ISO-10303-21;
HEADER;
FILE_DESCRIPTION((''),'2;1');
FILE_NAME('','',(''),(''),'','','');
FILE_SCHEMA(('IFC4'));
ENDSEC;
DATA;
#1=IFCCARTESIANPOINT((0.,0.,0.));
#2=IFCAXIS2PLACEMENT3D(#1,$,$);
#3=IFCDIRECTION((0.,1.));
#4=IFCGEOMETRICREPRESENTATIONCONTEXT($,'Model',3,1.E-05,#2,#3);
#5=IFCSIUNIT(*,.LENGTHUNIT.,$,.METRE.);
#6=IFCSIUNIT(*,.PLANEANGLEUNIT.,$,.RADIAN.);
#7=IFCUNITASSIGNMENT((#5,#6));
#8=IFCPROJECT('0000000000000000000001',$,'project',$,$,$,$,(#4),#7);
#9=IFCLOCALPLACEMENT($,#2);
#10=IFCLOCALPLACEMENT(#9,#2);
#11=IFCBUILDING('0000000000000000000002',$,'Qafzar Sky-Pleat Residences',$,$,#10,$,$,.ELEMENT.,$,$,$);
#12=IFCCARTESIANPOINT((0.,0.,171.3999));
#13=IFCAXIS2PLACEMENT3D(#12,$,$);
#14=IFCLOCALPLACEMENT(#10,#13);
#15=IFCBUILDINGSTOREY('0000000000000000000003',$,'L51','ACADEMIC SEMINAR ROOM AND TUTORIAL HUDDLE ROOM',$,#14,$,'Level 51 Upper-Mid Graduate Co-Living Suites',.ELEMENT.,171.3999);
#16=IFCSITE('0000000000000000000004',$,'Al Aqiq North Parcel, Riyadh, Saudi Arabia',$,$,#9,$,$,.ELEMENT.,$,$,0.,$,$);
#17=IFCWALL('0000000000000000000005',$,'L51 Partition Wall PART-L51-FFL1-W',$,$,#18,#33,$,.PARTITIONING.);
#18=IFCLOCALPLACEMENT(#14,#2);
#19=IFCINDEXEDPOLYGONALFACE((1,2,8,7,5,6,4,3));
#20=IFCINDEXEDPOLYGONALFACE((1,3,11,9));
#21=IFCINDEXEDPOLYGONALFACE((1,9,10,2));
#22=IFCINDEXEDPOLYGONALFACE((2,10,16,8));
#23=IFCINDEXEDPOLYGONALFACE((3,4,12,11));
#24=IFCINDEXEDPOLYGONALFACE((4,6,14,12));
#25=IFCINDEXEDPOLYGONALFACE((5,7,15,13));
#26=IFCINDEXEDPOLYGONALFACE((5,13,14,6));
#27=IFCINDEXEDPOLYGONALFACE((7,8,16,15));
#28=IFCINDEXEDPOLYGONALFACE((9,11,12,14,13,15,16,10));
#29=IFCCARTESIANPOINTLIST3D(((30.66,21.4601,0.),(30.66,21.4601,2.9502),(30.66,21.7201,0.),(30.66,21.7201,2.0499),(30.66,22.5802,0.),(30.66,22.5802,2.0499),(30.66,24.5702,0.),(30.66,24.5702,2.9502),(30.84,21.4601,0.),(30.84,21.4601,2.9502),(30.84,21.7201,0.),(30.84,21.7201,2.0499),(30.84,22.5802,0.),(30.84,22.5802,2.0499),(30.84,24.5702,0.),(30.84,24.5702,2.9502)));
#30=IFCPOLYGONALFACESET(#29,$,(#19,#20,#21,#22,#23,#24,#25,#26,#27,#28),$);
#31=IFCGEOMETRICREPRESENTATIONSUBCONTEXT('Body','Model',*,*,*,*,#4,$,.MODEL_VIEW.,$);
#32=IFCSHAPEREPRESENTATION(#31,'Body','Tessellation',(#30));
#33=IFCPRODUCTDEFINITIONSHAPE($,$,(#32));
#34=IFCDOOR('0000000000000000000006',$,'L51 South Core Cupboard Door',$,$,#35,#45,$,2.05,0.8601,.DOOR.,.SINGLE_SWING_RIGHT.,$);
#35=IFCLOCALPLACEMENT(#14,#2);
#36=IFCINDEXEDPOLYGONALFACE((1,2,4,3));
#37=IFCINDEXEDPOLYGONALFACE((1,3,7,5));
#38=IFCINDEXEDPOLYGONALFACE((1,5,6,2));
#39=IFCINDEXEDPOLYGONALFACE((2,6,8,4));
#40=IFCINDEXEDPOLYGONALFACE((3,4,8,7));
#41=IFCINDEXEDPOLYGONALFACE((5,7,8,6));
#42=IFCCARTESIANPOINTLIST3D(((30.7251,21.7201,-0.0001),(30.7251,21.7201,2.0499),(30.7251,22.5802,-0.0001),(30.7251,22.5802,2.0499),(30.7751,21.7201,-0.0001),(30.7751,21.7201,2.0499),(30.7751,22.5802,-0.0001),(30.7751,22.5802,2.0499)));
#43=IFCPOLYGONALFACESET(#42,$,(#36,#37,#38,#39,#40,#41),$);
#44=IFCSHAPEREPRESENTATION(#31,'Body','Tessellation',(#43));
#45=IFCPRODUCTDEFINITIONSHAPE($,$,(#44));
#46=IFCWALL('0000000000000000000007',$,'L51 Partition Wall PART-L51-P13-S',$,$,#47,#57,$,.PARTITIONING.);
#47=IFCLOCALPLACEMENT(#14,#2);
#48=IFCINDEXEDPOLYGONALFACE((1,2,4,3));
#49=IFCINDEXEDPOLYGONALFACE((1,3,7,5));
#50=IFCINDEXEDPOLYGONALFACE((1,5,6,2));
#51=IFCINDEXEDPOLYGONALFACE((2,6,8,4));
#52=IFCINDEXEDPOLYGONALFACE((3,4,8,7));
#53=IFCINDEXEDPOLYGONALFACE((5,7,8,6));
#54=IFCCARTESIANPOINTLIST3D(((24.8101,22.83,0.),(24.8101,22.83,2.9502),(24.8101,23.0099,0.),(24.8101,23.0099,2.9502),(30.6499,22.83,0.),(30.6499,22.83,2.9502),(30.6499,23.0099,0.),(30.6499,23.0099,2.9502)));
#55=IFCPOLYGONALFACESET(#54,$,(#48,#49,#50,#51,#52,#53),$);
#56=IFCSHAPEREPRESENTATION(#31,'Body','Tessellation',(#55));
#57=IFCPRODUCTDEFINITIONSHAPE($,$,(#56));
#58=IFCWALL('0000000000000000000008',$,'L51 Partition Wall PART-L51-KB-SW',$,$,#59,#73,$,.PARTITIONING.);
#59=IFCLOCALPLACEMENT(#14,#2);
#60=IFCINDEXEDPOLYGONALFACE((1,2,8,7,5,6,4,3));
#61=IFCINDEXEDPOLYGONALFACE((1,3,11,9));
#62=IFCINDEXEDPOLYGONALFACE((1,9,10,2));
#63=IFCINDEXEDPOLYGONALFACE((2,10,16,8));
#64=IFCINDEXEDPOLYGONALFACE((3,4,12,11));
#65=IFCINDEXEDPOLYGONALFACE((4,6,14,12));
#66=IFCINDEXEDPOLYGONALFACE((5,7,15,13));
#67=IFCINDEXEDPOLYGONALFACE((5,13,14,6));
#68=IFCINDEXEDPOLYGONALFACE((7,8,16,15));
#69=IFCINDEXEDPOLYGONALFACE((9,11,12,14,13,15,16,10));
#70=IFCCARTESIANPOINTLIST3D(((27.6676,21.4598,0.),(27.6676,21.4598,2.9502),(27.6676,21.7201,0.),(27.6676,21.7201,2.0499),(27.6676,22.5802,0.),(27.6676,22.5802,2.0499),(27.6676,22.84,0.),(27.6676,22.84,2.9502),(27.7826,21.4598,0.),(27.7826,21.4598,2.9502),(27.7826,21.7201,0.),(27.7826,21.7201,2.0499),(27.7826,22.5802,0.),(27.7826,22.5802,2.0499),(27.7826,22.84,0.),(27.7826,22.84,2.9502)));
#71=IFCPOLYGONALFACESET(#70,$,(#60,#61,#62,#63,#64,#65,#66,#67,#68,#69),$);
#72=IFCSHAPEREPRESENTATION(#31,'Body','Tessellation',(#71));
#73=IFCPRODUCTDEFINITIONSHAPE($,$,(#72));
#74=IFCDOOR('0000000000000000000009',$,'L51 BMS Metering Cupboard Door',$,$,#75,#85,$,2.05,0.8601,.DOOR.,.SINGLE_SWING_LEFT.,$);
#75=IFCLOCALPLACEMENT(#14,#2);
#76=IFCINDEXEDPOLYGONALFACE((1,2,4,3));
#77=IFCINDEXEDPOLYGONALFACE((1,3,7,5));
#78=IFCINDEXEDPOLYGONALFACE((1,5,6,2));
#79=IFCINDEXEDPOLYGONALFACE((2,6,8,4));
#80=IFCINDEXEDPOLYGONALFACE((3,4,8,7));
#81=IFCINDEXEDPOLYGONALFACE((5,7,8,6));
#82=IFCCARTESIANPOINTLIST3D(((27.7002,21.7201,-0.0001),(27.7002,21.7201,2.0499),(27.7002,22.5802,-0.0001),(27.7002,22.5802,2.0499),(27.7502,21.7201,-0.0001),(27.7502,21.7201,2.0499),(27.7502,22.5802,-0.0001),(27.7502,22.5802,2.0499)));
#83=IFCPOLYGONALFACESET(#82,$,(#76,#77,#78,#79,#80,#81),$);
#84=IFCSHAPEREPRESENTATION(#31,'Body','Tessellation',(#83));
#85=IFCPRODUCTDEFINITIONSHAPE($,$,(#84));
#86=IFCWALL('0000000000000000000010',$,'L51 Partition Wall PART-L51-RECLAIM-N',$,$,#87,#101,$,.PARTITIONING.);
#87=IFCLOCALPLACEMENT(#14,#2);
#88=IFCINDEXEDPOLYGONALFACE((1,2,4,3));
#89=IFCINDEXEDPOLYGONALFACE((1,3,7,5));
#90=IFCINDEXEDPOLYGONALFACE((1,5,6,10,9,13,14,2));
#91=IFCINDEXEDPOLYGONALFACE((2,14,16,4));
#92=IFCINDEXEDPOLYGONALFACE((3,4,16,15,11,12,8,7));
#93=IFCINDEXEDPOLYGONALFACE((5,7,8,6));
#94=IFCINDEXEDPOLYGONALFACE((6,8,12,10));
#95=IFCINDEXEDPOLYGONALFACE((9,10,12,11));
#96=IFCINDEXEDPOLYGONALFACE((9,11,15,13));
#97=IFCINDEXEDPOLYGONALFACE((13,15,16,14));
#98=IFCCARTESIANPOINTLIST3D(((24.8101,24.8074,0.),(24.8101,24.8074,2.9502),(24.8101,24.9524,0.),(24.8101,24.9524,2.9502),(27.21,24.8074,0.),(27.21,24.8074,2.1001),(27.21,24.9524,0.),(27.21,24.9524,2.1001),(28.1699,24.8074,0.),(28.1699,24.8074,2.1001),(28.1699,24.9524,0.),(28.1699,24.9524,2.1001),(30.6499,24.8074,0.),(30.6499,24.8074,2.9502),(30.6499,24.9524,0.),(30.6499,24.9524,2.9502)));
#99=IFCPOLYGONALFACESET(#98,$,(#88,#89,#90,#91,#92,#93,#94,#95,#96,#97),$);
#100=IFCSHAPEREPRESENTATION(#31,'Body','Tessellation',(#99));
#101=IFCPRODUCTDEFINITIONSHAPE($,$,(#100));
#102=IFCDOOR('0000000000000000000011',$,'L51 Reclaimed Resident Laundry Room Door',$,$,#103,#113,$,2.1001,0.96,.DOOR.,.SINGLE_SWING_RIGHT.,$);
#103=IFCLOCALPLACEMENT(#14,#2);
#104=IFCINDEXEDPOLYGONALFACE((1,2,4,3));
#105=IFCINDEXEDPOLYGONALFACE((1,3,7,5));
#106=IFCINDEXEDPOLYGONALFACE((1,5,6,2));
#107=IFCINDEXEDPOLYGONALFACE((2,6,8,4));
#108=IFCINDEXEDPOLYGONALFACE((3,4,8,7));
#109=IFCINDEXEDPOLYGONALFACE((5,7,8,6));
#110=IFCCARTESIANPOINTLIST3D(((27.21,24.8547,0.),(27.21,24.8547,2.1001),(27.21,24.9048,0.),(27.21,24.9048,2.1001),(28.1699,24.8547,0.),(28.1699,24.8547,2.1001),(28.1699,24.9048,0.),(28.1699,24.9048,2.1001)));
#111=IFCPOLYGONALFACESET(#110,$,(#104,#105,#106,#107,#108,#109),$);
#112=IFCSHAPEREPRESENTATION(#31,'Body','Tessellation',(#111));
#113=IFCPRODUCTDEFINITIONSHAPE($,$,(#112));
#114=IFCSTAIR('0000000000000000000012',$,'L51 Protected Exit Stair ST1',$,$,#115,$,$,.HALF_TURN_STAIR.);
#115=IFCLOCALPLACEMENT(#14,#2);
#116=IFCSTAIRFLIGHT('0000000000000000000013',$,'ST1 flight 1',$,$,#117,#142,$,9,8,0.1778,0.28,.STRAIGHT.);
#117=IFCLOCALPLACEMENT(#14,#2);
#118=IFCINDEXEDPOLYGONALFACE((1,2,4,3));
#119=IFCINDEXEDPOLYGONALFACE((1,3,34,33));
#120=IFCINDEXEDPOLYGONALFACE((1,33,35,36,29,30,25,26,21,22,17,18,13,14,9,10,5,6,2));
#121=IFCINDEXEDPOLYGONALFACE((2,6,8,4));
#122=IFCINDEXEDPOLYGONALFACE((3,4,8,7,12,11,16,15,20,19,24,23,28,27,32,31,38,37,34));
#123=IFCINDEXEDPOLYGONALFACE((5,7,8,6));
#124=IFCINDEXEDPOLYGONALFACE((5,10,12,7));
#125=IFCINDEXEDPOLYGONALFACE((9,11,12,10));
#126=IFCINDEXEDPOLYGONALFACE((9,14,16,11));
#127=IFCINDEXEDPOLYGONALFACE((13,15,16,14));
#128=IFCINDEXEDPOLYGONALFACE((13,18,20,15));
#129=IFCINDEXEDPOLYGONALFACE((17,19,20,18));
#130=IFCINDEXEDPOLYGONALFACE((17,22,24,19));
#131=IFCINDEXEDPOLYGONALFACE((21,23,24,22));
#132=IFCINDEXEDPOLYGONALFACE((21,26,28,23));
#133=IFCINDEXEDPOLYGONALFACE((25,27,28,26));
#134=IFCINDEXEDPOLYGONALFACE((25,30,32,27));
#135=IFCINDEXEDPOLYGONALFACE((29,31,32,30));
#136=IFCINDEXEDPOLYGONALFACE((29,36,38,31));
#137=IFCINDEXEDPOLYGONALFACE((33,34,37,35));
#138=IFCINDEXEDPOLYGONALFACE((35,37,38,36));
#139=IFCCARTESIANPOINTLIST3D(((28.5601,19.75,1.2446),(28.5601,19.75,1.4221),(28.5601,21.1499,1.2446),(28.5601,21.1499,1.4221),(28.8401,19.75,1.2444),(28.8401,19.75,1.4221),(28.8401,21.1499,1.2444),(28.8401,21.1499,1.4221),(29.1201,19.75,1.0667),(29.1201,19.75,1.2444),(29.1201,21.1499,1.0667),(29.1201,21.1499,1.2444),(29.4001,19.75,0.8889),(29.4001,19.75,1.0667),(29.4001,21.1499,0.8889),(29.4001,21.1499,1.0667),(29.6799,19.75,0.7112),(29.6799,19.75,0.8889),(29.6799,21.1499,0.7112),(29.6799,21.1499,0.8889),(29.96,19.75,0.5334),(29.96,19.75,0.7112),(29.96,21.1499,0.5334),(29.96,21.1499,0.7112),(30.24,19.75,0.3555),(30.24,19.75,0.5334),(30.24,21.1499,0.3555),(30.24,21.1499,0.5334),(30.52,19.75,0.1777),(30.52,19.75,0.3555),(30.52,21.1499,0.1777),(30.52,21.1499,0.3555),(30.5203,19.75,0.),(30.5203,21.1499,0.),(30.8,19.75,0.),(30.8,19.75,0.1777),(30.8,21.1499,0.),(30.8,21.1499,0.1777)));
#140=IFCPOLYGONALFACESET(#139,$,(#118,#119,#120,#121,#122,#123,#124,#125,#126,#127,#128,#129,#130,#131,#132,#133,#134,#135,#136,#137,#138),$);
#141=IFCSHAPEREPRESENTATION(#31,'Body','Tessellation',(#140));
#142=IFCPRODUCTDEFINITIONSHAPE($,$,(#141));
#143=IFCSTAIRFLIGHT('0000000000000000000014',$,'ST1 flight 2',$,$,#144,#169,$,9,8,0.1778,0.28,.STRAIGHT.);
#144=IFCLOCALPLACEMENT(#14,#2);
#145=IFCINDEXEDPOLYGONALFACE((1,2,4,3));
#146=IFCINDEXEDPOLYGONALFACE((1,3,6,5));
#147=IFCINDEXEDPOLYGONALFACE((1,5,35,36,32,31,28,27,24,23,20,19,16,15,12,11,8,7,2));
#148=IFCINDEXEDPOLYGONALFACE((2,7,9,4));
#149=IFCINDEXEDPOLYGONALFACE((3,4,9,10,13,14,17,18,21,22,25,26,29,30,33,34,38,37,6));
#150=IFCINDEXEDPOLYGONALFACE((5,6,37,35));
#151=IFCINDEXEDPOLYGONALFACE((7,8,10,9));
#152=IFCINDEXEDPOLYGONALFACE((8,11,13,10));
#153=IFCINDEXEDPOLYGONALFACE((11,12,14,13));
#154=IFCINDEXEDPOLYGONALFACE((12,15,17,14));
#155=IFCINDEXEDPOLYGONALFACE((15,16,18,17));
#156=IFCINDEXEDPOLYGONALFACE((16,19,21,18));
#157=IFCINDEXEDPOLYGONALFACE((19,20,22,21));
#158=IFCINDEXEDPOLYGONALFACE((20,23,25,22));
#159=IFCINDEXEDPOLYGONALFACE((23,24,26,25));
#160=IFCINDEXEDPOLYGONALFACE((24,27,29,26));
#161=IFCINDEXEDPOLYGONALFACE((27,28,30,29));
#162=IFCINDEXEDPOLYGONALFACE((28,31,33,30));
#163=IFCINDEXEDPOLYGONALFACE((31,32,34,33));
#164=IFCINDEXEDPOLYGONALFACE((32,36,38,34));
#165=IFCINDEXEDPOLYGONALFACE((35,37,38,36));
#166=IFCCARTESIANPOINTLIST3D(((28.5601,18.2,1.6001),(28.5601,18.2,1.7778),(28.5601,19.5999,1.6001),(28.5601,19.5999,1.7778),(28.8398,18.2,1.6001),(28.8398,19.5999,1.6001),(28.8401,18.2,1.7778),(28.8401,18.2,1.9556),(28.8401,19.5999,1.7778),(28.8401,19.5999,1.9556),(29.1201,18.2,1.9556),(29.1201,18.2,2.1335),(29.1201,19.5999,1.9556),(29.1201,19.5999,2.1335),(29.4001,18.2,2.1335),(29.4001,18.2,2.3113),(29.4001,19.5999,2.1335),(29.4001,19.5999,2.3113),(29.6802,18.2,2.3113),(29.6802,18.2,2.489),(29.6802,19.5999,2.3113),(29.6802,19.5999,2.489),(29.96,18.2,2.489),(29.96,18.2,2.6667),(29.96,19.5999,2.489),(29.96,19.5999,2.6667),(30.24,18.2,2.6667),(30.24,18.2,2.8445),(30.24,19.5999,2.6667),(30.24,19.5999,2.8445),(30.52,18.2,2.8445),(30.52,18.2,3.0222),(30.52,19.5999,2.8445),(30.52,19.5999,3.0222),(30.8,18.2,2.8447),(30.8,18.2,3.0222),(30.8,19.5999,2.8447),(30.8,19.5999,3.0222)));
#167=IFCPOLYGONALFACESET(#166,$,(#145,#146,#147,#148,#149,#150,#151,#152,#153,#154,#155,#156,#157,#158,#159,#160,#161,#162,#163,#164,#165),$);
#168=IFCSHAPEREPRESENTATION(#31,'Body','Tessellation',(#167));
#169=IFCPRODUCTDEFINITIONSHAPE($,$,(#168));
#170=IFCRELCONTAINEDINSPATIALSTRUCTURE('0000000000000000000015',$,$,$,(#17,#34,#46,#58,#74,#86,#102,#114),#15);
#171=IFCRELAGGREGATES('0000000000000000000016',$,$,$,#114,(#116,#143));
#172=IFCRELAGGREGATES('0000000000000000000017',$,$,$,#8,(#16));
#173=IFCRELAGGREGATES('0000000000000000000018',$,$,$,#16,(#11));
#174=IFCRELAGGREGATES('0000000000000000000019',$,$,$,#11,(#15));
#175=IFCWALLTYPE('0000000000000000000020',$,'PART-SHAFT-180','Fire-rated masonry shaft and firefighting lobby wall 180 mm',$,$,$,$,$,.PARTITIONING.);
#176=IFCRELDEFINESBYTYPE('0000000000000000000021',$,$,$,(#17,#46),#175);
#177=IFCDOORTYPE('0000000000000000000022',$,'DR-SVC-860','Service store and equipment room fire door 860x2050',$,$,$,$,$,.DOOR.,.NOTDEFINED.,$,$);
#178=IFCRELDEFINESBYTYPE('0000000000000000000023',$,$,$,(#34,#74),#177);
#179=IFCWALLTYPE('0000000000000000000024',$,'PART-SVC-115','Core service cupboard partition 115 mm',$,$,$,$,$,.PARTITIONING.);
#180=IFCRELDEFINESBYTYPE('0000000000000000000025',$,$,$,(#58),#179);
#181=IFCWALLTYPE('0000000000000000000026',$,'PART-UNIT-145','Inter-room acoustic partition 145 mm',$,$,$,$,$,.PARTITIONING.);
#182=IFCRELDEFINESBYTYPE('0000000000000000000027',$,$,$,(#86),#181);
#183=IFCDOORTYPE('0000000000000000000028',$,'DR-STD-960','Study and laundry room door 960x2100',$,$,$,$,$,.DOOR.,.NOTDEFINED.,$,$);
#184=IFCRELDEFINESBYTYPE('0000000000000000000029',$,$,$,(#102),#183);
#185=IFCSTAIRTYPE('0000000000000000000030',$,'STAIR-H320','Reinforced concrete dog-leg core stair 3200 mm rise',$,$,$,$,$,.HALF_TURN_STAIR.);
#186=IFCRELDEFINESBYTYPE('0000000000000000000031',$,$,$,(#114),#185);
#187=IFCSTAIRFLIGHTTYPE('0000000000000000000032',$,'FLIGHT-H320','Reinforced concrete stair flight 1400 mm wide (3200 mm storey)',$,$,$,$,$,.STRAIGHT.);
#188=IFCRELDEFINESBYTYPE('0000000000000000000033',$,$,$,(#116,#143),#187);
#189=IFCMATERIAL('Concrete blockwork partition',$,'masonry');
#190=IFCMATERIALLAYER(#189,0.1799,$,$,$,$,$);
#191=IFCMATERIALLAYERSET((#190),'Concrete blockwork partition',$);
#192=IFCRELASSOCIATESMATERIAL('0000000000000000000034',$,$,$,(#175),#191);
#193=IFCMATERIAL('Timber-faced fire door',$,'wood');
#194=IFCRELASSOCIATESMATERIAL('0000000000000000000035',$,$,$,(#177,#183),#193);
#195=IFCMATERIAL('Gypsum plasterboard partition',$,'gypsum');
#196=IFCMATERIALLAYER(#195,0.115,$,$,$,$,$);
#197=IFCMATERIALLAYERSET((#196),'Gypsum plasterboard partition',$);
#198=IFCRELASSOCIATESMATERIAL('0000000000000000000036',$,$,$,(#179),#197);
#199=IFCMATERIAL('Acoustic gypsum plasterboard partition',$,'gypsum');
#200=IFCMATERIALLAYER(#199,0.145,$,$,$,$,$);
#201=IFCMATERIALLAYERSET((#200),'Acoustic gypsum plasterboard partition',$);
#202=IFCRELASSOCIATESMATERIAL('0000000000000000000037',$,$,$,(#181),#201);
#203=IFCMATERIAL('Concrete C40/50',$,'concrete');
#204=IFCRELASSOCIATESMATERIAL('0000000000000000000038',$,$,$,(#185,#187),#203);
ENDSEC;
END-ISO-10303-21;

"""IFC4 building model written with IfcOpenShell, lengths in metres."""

from ifc_helpers import new_model, si_unit, direction, frame, frame_2d, origin, place, context, subcontext, project, spatial, polyline, rectangle, outline, extrude, source, transform, mapped, material, layer, layer_set, type_object, element, fill, aggregate, save


model = new_model("IFC4")

# Units and contexts
model_context = context("Model", 3, precision=1e-05, world=origin(), true_north=direction((0.0, 1.0)))
body_context = subcontext(model_context, "Body", "Model", "MODEL_VIEW")
ifc_project = project(units=[si_unit("LENGTHUNIT", "METRE"), si_unit("PLANEANGLEUNIT", "RADIAN")], contexts=[model_context])

# Site, building, storey
site_placement = place(None, origin())
site = spatial("IfcSite", under=ifc_project, at=site_placement, Name="Al Aqiq North Parcel, Riyadh, Saudi Arabia", CompositionType="ELEMENT", RefElevation=0.0)
building_placement = place(site_placement, origin())
building = spatial("IfcBuilding", under=site, at=building_placement, Name="Qafzar Sky-Pleat Residences", CompositionType="ELEMENT")
storey_placement = place(building_placement, frame((0.0, 0.0, 171.3999)))
storey = spatial("IfcBuildingStorey", under=building, at=storey_placement, Name="L51", Description="ACADEMIC SEMINAR ROOM AND TUTORIAL HUDDLE ROOM", LongName="Level 51 Upper-Mid Graduate Co-Living Suites", CompositionType="ELEMENT", Elevation=171.3999)

# Wall, opening, door
ifc_material_1 = material(Name="Concrete blockwork partition", Category="masonry")
ifc_layer_1 = layer(ifc_material_1, 0.1799)
ifc_layer_set_1 = layer_set([ifc_layer_1], Name="Concrete blockwork partition")
wall_type_1 = type_object("IfcWallType", Name="PART-SHAFT-180", Description="Fire-rated masonry shaft and firefighting lobby wall 180 mm", PredefinedType="PARTITIONING", material=ifc_layer_set_1)
wall_1_placement = place(storey_placement, frame((30.75, 21.46, 0.0), z_axis=(0.0, 0.0, 1.0), x_axis=(0.0, 1.0, 0.0)))
wall_1 = element("IfcWall", 1, at=wall_1_placement, inside=storey, type_object=wall_type_1, Name="L51 Partition Wall PART-L51-FFL1-W", PredefinedType="PARTITIONING", context=body_context, shape_type="SweptSolid", body=[
    extrude(rectangle(XDim=3.1101, YDim=0.1799, at=frame_2d((1.5552, 0.0))), origin(), (0.0, 0.0, 1.0), 2.9502),
])
opening_1_placement = place(wall_1_placement, frame((0.26, 0.0, 0.0)))
opening_1 = element("IfcOpeningElement", 2, at=opening_1_placement, cuts=wall_1, PredefinedType="OPENING", context=body_context, shape_type="SweptSolid", body=[
    extrude(rectangle(XDim=0.8601, YDim=2.05, at=frame_2d((0.4302, 1.0249))), frame((0.0, 0.1001, 0.0), z_axis=(0.0, -1.0, 0.0), x_axis=(1.0, 0.0, 0.0)), (0.0, 0.0, 1.0), 0.2),
])
ifc_material_2 = material(Name="Timber-faced fire door", Category="wood")
door_type_1 = type_object("IfcDoorType", Name="DR-SVC-860", Description="Service store and equipment room fire door 860x2050", OperationType="NOTDEFINED", PredefinedType="DOOR", material=ifc_material_2)
shared_shape_1 = source(origin(), body_context, "Body", "SweptSolid", [
    extrude(rectangle(XDim=0.8601, YDim=2.05, at=frame_2d((0.4302, 1.0249))), frame((0.0, 0.0249, 0.0), z_axis=(0.0, -1.0, 0.0), x_axis=(1.0, 0.0, 0.0)), (0.0, 0.0, 1.0), 0.05),
])
door_1_placement = place(opening_1_placement, origin())
door_1 = element("IfcDoor", 3, at=door_1_placement, inside=storey, type_object=door_type_1, Name="L51 South Core Cupboard Door", OperationType="SINGLE_SWING_RIGHT", OverallHeight=2.05, OverallWidth=0.8601, PredefinedType="DOOR", context=body_context, shape_type="MappedRepresentation", body=[
    mapped(shared_shape_1, transform((0.0, 0.0, 0.0), x_axis=(1.0, 0.0, 0.0), y_axis=(0.0, 1.0, 0.0), z_axis=(0.0, 0.0, 1.0), scale=1.0)),
])
fill(opening_1, door_1)

# Wall
wall_2_placement = place(storey_placement, frame((24.8101, 22.9199, 0.0), z_axis=(0.0, 0.0, 1.0), x_axis=(1.0, 0.0, 0.0)))
element("IfcWall", 4, at=wall_2_placement, inside=storey, type_object=wall_type_1, Name="L51 Partition Wall PART-L51-P13-S", PredefinedType="PARTITIONING", context=body_context, shape_type="SweptSolid", body=[
    extrude(rectangle(XDim=5.8398, YDim=0.1799, at=frame_2d((2.9199, 0.0))), origin(), (0.0, 0.0, 1.0), 2.9502),
])

# Walls, openings, doors
ifc_material_3 = material(Name="Gypsum plasterboard partition", Category="gypsum")
ifc_layer_2 = layer(ifc_material_3, 0.115)
ifc_layer_set_2 = layer_set([ifc_layer_2], Name="Gypsum plasterboard partition")
wall_type_2 = type_object("IfcWallType", Name="PART-SVC-115", Description="Core service cupboard partition 115 mm", PredefinedType="PARTITIONING", material=ifc_layer_set_2)
wall_3_placement = place(storey_placement, frame((27.7251, 21.46, 0.0), z_axis=(0.0, 0.0, 1.0), x_axis=(0.0, 1.0, 0.0)))
wall_3 = element("IfcWall", 5, at=wall_3_placement, inside=storey, type_object=wall_type_2, Name="L51 Partition Wall PART-L51-KB-SW", PredefinedType="PARTITIONING", context=body_context, shape_type="SweptSolid", body=[
    extrude(rectangle(XDim=1.3801, YDim=0.115, at=frame_2d((0.6899, 0.0))), origin(), (0.0, 0.0, 1.0), 2.9502),
])
opening_2_placement = place(wall_3_placement, frame((0.26, 0.0, 0.0)))
opening_2 = element("IfcOpeningElement", 6, at=opening_2_placement, cuts=wall_3, PredefinedType="OPENING", context=body_context, shape_type="SweptSolid", body=[
    extrude(rectangle(XDim=0.8601, YDim=2.05, at=frame_2d((0.4302, 1.0249))), frame((0.0, 0.0674, 0.0), z_axis=(0.0, -1.0, 0.0), x_axis=(1.0, 0.0, 0.0)), (0.0, 0.0, 1.0), 0.135),
])
door_2_placement = place(opening_2_placement, origin())
door_2 = element("IfcDoor", 7, at=door_2_placement, inside=storey, type_object=door_type_1, Name="L51 BMS Metering Cupboard Door", OperationType="SINGLE_SWING_LEFT", OverallHeight=2.05, OverallWidth=0.8601, PredefinedType="DOOR", context=body_context, shape_type="MappedRepresentation", body=[
    mapped(shared_shape_1, transform((0.0, 0.0, 0.0), x_axis=(1.0, 0.0, 0.0), y_axis=(0.0, 1.0, 0.0), z_axis=(0.0, 0.0, 1.0), scale=1.0)),
])
fill(opening_2, door_2)
ifc_material_4 = material(Name="Acoustic gypsum plasterboard partition", Category="gypsum")
ifc_layer_3 = layer(ifc_material_4, 0.145)
ifc_layer_set_3 = layer_set([ifc_layer_3], Name="Acoustic gypsum plasterboard partition")
wall_type_3 = type_object("IfcWallType", Name="PART-UNIT-145", Description="Inter-room acoustic partition 145 mm", PredefinedType="PARTITIONING", material=ifc_layer_set_3)
wall_4_placement = place(storey_placement, frame((24.8101, 24.8799, 0.0), z_axis=(0.0, 0.0, 1.0), x_axis=(1.0, 0.0, 0.0)))
wall_4 = element("IfcWall", 8, at=wall_4_placement, inside=storey, type_object=wall_type_3, Name="L51 Partition Wall PART-L51-RECLAIM-N", PredefinedType="PARTITIONING", context=body_context, shape_type="SweptSolid", body=[
    extrude(rectangle(XDim=5.8398, YDim=0.145, at=frame_2d((2.9199, 0.0))), origin(), (0.0, 0.0, 1.0), 2.9502),
])
opening_3_placement = place(wall_4_placement, frame((2.3999, 0.0, 0.0)))
opening_3 = element("IfcOpeningElement", 9, at=opening_3_placement, cuts=wall_4, PredefinedType="OPENING", context=body_context, shape_type="SweptSolid", body=[
    extrude(rectangle(XDim=0.96, YDim=2.1001, at=frame_2d((0.48, 1.05))), frame((0.0, 0.0825, 0.0), z_axis=(0.0, -1.0, 0.0), x_axis=(1.0, 0.0, 0.0)), (0.0, 0.0, 1.0), 0.165),
])
door_type_2 = type_object("IfcDoorType", Name="DR-STD-960", Description="Study and laundry room door 960x2100", OperationType="NOTDEFINED", PredefinedType="DOOR", material=ifc_material_2)
shared_shape_2 = source(origin(), body_context, "Body", "SweptSolid", [
    extrude(rectangle(XDim=0.96, YDim=2.1001, at=frame_2d((0.48, 1.05))), frame((0.0, 0.0249, 0.0), z_axis=(0.0, -1.0, 0.0), x_axis=(1.0, 0.0, 0.0)), (0.0, 0.0, 1.0), 0.05),
])
door_3_placement = place(opening_3_placement, origin())
door_3 = element("IfcDoor", 10, at=door_3_placement, inside=storey, type_object=door_type_2, Name="L51 Reclaimed Resident Laundry Room Door", OperationType="SINGLE_SWING_RIGHT", OverallHeight=2.1001, OverallWidth=0.96, PredefinedType="DOOR", context=body_context, shape_type="MappedRepresentation", body=[
    mapped(shared_shape_2, transform((0.0, 0.0, 0.0), x_axis=(1.0, 0.0, 0.0), y_axis=(0.0, 1.0, 0.0), z_axis=(0.0, 0.0, 1.0), scale=1.0)),
])
fill(opening_3, door_3)

# Stair, stair flights
ifc_material_5 = material(Name="Concrete C40/50", Category="concrete")
stair_type = type_object("IfcStairType", Name="STAIR-H320", Description="Reinforced concrete dog-leg core stair 3200 mm rise", PredefinedType="HALF_TURN_STAIR", material=ifc_material_5)
stair_placement = place(storey_placement, origin())
stair = element("IfcStair", 11, at=stair_placement, inside=storey, type_object=stair_type, Name="L51 Protected Exit Stair ST1", PredefinedType="HALF_TURN_STAIR")
stair_flight_type = type_object("IfcStairFlightType", Name="FLIGHT-H320", Description="Reinforced concrete stair flight 1400 mm wide (3200 mm storey)", PredefinedType="STRAIGHT", material=ifc_material_5)
shared_shape_3 = source(origin(), body_context, "Body", "SweptSolid", [
    extrude(outline(polyline([(0.0, 0.0), (0.0, 0.1777), (0.28, 0.1777), (0.28, 0.3555), (0.5601, 0.3555), (0.5601, 0.5334), (0.8401, 0.5334), (0.8401, 0.7112), (1.1201, 0.7112), (1.1201, 0.8889), (1.3999, 0.8889), (1.3999, 1.0667), (1.6799, 1.0667), (1.6799, 1.2444), (1.96, 1.2444), (1.96, 1.4221), (2.24, 1.4221), (2.24, 1.6001), (2.24, 1.2446), (0.2798, 0.0), (0.0, 0.0)])), frame((0.0, 0.7, 0.0), z_axis=(0.0, -1.0, 0.0), x_axis=(1.0, 0.0, 0.0)), (0.0, 0.0, 1.0), 1.3999),
])
stair_flight_1_placement = place(storey_placement, frame((30.8, 20.45, 0.0), z_axis=(0.0, 0.0, 1.0), x_axis=(-1.0, 0.0, 0.0)))
stair_flight_1 = element("IfcStairFlight", 12, at=stair_flight_1_placement, type_object=stair_flight_type, Name="ST1 flight 1", NumberOfRisers=9, NumberOfTreads=8, PredefinedType="STRAIGHT", RiserHeight=0.1778, TreadLength=0.28, context=body_context, shape_type="MappedRepresentation", body=[
    mapped(shared_shape_3, transform((0.0, 0.0, 0.0), x_axis=(1.0, 0.0, 0.0), y_axis=(0.0, 1.0, 0.0), z_axis=(0.0, 0.0, 1.0), scale=1.0)),
])
stair_flight_2_placement = place(storey_placement, frame((28.5601, 18.8999, 1.6001), z_axis=(0.0, 0.0, 1.0), x_axis=(1.0, 0.0, 0.0)))
stair_flight_2 = element("IfcStairFlight", 13, at=stair_flight_2_placement, type_object=stair_flight_type, Name="ST1 flight 2", NumberOfRisers=9, NumberOfTreads=8, PredefinedType="STRAIGHT", RiserHeight=0.1778, TreadLength=0.28, context=body_context, shape_type="MappedRepresentation", body=[
    mapped(shared_shape_3, transform((0.0, 0.0, 0.0), x_axis=(1.0, 0.0, 0.0), y_axis=(0.0, 1.0, 0.0), z_axis=(0.0, 0.0, 1.0), scale=1.0)),
])
aggregate(stair, [stair_flight_1, stair_flight_2])

save(model, "model.ifc")
